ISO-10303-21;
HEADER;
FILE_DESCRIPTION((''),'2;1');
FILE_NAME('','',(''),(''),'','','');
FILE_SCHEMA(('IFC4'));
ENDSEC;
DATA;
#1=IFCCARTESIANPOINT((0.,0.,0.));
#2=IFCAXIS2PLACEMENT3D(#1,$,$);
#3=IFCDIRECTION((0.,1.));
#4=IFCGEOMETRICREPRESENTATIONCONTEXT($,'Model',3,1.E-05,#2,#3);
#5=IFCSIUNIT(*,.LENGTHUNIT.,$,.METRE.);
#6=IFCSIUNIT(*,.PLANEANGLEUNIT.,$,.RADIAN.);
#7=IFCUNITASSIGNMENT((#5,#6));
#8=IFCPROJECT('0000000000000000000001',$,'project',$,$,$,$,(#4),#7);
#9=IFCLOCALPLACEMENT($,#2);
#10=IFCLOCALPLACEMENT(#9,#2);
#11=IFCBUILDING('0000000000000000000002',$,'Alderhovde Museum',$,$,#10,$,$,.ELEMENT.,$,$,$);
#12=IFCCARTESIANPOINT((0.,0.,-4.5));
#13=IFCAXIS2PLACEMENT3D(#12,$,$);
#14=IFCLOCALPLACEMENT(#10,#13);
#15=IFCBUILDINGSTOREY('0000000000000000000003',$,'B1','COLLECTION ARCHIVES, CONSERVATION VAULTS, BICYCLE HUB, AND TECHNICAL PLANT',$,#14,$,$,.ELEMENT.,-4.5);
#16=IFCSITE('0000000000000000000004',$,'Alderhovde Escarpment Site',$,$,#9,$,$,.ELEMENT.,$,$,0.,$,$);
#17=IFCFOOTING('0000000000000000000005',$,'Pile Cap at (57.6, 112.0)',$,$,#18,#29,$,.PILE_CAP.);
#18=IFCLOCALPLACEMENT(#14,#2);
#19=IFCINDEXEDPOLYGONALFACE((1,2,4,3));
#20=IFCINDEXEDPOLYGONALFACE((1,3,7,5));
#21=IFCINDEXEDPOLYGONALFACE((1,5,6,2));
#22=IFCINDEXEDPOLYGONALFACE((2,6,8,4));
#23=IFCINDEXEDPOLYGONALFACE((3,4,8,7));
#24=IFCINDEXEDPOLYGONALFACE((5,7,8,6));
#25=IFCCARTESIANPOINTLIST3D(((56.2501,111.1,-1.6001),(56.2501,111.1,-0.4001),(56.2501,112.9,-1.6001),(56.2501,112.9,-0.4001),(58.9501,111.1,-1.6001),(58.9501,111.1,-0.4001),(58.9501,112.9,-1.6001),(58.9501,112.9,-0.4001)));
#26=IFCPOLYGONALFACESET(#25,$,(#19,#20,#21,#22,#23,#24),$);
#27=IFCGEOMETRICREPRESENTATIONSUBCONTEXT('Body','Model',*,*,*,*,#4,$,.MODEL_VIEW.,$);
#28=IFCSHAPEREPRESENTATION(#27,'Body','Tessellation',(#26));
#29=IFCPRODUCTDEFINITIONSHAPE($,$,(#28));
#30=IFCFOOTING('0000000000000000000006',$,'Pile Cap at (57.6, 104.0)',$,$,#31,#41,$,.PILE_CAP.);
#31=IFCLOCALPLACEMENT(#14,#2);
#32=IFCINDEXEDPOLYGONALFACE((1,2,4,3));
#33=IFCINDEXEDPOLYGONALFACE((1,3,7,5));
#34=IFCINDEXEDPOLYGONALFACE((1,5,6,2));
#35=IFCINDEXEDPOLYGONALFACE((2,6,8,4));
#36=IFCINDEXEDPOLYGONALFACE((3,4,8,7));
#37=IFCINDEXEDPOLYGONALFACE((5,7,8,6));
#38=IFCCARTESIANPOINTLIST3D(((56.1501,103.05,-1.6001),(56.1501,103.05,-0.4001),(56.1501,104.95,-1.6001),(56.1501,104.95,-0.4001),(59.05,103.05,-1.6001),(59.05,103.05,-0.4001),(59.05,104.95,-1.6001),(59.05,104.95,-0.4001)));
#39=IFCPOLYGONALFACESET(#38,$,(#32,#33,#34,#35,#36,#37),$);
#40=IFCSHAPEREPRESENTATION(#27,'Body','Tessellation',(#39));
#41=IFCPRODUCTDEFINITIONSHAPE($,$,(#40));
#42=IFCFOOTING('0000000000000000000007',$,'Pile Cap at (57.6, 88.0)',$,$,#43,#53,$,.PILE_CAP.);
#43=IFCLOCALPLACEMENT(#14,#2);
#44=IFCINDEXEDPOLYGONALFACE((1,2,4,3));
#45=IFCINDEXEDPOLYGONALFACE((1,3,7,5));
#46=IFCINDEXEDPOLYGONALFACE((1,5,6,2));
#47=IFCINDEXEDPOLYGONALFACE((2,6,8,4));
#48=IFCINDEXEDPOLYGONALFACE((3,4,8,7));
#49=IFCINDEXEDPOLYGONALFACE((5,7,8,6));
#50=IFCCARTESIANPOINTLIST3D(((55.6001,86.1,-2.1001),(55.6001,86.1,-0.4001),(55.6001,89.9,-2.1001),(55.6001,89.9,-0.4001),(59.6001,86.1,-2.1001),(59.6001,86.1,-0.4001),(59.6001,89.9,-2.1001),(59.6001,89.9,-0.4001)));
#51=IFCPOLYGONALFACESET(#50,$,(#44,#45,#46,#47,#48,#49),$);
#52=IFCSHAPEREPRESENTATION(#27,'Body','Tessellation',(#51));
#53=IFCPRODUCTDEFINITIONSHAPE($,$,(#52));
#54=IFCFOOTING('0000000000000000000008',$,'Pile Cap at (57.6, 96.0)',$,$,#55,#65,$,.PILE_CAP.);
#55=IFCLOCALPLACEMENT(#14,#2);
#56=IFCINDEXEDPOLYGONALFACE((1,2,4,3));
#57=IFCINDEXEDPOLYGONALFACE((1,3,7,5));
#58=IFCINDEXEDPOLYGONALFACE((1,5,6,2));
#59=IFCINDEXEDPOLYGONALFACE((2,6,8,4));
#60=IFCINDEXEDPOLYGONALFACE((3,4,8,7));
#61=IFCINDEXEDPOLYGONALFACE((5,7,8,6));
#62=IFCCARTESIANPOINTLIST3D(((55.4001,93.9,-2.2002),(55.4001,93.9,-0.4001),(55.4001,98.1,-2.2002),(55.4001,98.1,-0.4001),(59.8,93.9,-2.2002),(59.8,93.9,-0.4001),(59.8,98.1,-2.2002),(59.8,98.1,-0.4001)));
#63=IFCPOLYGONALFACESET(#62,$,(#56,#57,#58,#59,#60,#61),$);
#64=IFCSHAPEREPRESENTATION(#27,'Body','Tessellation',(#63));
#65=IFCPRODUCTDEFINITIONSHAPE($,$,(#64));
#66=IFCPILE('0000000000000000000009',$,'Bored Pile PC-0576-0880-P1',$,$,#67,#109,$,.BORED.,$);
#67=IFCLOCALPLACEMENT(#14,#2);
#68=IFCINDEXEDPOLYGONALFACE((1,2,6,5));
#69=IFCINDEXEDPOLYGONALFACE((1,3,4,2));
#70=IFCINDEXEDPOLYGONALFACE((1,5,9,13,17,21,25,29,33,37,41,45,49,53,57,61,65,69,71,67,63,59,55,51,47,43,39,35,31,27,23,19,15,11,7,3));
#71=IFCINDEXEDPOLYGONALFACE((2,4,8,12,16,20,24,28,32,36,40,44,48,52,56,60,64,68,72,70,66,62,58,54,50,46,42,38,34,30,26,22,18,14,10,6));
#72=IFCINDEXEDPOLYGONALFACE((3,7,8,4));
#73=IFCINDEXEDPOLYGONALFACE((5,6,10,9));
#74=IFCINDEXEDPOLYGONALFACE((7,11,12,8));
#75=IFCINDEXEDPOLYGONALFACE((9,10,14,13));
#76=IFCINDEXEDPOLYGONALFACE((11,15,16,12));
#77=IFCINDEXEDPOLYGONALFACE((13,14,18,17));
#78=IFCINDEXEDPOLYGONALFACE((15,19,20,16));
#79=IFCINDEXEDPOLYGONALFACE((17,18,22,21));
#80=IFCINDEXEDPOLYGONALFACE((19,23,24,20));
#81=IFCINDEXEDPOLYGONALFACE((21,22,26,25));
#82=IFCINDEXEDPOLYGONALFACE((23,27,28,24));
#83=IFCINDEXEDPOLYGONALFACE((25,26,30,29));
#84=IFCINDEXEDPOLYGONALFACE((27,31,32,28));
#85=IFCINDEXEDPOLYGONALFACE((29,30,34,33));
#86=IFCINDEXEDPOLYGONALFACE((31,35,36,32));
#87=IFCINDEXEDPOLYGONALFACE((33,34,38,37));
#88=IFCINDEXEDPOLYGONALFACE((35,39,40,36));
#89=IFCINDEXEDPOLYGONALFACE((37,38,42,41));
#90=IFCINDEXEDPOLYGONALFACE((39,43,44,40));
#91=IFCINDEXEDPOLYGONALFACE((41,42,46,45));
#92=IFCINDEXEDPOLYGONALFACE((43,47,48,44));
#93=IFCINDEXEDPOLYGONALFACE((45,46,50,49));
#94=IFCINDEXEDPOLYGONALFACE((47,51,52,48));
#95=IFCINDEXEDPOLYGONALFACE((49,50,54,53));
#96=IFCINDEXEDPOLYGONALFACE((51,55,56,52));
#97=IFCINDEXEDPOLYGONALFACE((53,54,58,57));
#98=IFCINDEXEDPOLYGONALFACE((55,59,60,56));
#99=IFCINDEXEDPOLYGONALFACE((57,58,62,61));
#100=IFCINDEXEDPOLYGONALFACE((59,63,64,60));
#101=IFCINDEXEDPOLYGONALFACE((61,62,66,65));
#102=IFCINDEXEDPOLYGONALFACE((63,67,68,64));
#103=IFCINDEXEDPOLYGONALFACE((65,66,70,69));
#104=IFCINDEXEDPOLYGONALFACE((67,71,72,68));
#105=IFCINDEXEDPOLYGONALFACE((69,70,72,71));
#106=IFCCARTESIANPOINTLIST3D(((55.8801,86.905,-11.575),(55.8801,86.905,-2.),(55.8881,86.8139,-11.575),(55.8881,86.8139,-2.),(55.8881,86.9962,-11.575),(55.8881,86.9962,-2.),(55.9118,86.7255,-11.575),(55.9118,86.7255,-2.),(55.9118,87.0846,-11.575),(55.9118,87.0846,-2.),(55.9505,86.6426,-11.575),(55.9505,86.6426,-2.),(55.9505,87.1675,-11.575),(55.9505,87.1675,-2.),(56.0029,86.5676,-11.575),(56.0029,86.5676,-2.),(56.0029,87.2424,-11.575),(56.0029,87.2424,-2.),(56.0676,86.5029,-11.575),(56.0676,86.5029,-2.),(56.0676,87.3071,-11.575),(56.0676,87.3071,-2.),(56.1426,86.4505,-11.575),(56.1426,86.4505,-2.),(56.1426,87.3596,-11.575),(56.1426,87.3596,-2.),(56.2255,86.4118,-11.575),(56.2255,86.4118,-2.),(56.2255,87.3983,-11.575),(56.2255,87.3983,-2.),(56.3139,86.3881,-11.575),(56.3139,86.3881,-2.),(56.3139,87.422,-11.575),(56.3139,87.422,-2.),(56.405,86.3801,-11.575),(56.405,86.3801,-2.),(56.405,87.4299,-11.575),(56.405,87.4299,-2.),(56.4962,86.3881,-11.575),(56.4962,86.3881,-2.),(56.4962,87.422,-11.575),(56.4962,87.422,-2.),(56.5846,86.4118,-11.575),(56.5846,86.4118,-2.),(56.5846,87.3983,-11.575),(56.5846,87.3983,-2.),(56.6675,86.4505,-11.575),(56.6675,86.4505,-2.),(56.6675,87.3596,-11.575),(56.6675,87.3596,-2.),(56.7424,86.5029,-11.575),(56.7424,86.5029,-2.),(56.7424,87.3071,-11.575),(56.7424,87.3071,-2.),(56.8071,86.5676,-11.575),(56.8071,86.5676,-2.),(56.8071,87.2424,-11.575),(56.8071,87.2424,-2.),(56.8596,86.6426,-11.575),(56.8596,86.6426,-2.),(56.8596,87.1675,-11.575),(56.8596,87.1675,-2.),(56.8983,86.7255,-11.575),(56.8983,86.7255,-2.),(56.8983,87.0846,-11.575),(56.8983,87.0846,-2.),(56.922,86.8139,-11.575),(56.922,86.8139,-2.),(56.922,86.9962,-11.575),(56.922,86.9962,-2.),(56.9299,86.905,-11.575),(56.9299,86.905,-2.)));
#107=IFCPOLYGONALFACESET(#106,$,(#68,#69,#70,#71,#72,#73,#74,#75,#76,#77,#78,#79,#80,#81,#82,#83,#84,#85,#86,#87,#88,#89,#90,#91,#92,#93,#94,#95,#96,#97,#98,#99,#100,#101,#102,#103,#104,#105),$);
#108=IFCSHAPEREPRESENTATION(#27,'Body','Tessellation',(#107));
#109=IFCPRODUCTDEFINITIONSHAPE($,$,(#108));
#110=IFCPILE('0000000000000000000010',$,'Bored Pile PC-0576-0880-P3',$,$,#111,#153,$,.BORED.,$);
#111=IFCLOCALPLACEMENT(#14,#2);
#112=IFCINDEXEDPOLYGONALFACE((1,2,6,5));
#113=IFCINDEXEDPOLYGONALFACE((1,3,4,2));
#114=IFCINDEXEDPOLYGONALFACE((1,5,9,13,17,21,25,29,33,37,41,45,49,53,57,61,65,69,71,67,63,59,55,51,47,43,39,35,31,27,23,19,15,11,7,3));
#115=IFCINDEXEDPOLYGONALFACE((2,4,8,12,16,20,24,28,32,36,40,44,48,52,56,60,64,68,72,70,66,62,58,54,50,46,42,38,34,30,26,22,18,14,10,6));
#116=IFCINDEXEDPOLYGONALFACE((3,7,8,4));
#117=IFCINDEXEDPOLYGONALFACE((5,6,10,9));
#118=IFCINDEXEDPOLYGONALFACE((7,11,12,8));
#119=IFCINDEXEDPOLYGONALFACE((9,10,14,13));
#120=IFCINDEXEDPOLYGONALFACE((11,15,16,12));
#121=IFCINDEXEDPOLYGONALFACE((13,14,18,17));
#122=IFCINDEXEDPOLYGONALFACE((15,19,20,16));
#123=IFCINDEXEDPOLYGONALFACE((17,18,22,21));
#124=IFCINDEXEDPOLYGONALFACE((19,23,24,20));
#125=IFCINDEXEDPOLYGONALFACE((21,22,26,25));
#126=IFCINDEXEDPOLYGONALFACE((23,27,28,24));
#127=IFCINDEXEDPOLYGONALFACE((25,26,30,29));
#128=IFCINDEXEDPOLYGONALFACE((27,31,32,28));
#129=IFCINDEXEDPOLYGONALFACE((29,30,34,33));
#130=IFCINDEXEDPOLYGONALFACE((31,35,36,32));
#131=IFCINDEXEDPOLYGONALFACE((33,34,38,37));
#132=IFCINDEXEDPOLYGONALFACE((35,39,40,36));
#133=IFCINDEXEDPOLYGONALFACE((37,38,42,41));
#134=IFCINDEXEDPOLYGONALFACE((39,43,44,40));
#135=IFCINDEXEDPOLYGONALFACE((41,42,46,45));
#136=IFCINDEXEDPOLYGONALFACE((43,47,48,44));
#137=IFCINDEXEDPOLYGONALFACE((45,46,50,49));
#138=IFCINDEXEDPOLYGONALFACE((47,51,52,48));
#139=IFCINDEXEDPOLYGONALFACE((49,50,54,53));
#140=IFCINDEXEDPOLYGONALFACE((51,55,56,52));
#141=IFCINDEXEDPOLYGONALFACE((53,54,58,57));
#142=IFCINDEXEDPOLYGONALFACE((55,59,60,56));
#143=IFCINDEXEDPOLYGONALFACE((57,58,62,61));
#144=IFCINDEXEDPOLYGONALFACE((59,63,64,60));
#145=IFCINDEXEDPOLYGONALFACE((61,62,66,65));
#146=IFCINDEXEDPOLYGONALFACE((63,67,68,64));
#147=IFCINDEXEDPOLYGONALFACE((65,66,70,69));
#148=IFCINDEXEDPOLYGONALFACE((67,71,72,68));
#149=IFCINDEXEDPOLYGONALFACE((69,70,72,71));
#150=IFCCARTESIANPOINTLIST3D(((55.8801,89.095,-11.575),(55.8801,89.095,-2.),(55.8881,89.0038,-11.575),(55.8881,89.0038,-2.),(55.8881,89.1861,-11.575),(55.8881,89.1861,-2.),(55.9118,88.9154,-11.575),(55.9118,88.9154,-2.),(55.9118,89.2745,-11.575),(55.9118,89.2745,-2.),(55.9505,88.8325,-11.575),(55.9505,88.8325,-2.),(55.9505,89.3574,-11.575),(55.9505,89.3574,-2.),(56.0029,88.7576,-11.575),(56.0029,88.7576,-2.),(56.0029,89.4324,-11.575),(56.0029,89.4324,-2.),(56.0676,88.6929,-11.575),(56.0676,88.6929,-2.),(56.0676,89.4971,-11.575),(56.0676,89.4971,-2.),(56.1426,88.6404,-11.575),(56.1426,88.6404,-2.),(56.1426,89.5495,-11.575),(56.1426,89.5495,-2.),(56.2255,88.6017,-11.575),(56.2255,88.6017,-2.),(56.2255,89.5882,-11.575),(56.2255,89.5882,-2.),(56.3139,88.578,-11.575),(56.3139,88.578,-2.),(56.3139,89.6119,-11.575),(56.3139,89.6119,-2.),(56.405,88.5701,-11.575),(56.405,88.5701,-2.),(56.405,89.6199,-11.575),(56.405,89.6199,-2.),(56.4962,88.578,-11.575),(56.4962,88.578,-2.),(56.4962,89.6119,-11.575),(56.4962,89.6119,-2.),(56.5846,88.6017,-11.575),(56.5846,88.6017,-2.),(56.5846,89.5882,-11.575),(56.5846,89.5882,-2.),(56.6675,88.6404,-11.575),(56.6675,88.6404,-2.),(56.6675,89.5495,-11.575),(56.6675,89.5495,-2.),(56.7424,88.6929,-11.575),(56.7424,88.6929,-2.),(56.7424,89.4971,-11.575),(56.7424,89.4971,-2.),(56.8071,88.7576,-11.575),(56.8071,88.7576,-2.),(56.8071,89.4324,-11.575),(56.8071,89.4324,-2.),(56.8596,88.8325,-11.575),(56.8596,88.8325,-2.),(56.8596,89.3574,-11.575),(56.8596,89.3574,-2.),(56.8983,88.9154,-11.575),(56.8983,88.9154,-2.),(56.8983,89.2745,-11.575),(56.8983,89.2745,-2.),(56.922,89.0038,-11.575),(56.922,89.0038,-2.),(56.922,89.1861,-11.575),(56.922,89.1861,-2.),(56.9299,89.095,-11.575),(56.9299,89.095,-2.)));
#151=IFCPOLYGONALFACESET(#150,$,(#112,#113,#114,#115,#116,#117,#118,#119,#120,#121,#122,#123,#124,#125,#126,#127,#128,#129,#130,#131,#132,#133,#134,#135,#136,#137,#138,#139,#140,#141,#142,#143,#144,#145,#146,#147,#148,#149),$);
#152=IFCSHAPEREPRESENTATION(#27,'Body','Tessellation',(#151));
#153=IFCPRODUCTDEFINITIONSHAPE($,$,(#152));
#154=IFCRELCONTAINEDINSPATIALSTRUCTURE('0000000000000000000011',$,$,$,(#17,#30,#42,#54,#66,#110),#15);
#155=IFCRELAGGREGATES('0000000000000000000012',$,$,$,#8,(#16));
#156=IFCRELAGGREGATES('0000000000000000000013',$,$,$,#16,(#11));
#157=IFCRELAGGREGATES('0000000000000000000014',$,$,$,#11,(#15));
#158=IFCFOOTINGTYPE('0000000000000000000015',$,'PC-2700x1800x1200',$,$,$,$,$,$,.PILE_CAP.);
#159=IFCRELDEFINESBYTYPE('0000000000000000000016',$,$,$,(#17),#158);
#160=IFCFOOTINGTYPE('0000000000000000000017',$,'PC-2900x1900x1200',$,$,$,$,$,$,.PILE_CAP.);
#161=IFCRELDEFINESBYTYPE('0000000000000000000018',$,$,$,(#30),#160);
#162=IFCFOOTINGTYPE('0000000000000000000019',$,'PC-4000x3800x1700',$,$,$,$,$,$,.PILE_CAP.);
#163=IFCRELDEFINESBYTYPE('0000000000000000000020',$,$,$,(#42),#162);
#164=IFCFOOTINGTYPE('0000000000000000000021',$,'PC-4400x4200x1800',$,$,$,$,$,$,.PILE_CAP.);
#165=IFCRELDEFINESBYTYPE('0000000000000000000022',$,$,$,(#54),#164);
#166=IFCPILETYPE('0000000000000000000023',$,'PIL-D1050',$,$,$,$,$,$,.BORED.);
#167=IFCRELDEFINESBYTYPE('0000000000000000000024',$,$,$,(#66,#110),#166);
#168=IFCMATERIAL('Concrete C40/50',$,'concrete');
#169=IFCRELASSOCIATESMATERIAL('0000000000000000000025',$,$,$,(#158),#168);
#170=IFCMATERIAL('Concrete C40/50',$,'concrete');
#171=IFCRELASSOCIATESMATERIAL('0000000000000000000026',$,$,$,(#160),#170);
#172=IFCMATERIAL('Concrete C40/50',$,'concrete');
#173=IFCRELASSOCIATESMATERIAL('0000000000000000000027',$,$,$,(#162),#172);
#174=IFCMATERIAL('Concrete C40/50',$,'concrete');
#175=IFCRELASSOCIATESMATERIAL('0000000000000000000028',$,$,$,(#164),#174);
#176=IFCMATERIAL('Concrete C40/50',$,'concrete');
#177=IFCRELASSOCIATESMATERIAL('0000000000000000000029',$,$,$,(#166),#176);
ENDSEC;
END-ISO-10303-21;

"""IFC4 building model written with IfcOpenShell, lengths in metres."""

from ifc_helpers import new_model, si_unit, direction, frame, origin, origin_2d, place, context, subcontext, project, spatial, rectangle, circle, extrude, material, material_profile, profile_set, type_object, element, save


model = new_model("IFC4")

# Units and contexts
model_context = context("Model", 3, precision=1e-05, world=origin(), true_north=direction((0.0, 1.0)))
body_context = subcontext(model_context, "Body", "Model", "MODEL_VIEW")
ifc_project = project(units=[si_unit("LENGTHUNIT", "METRE"), si_unit("PLANEANGLEUNIT", "RADIAN")], contexts=[model_context])

# Site, building, storey
site_placement = place(None, origin())
site = spatial("IfcSite", under=ifc_project, at=site_placement, Name="Alderhovde Escarpment Site", CompositionType="ELEMENT", RefElevation=0.0)
building_placement = place(site_placement, origin())
building = spatial("IfcBuilding", under=site, at=building_placement, Name="Alderhovde Museum", CompositionType="ELEMENT")
storey_placement = place(building_placement, frame((0.0, 0.0, -4.5)))
storey = spatial("IfcBuildingStorey", under=building, at=storey_placement, Name="B1", Description="COLLECTION ARCHIVES, CONSERVATION VAULTS, BICYCLE HUB, AND TECHNICAL PLANT", CompositionType="ELEMENT", Elevation=-4.5)

# Footings
ifc_material_1 = material(Name="Concrete C40/50", Category="concrete")
footing_type_1 = type_object("IfcFootingType", Name="PC-2700x1800x1200", PredefinedType="PILE_CAP", material=ifc_material_1)
footing_1_placement = place(storey_placement, frame((57.6001, 112.0, -1.6001), z_axis=(0.0, 0.0, 1.0), x_axis=(1.0, 0.0, 0.0)))
element("IfcFooting", 1, at=footing_1_placement, inside=storey, type_object=footing_type_1, Name="Pile Cap at (57.6, 112.0)", PredefinedType="PILE_CAP", context=body_context, shape_type="SweptSolid", body=[
    extrude(rectangle(XDim=2.7, YDim=1.8, at=origin_2d()), origin(), (0.0, 0.0, 1.0), 1.2),
])
ifc_material_2 = material(Name="Concrete C40/50", Category="concrete")
footing_type_2 = type_object("IfcFootingType", Name="PC-2900x1900x1200", PredefinedType="PILE_CAP", material=ifc_material_2)
footing_2_placement = place(storey_placement, frame((57.6001, 104.0, -1.6001), z_axis=(0.0, 0.0, 1.0), x_axis=(1.0, 0.0, 0.0)))
element("IfcFooting", 2, at=footing_2_placement, inside=storey, type_object=footing_type_2, Name="Pile Cap at (57.6, 104.0)", PredefinedType="PILE_CAP", context=body_context, shape_type="SweptSolid", body=[
    extrude(rectangle(XDim=2.8999, YDim=1.8999, at=origin_2d()), origin(), (0.0, 0.0, 1.0), 1.2),
])
ifc_material_3 = material(Name="Concrete C40/50", Category="concrete")
footing_type_3 = type_object("IfcFootingType", Name="PC-4000x3800x1700", PredefinedType="PILE_CAP", material=ifc_material_3)
footing_3_placement = place(storey_placement, frame((57.6001, 88.0, -2.1001), z_axis=(0.0, 0.0, 1.0), x_axis=(1.0, 0.0, 0.0)))
element("IfcFooting", 3, at=footing_3_placement, inside=storey, type_object=footing_type_3, Name="Pile Cap at (57.6, 88.0)", PredefinedType="PILE_CAP", context=body_context, shape_type="SweptSolid", body=[
    extrude(rectangle(XDim=4.0, YDim=3.8, at=origin_2d()), origin(), (0.0, 0.0, 1.0), 1.7),
])
ifc_material_4 = material(Name="Concrete C40/50", Category="concrete")
footing_type_4 = type_object("IfcFootingType", Name="PC-4400x4200x1800", PredefinedType="PILE_CAP", material=ifc_material_4)
footing_4_placement = place(storey_placement, frame((57.6001, 96.0, -2.2002), z_axis=(0.0, 0.0, 1.0), x_axis=(1.0, 0.0, 0.0)))
element("IfcFooting", 4, at=footing_4_placement, inside=storey, type_object=footing_type_4, Name="Pile Cap at (57.6, 96.0)", PredefinedType="PILE_CAP", context=body_context, shape_type="SweptSolid", body=[
    extrude(rectangle(XDim=4.3999, YDim=4.2, at=origin_2d()), origin(), (0.0, 0.0, 1.0), 1.8),
])

# Piles
ifc_material_5 = material(Name="Concrete C40/50", Category="concrete")
ifc_material_profile_1 = material_profile(ifc_material_5, circle(Radius=0.5249, at=origin_2d()), Name="PILE-D1050")
ifc_profile_set_1 = profile_set([ifc_material_profile_1], Name="Concrete C40/50")
pile_type_1 = type_object("IfcPileType", Name="PIL-D1050", PredefinedType="BORED", material=ifc_profile_set_1)
for number, where, z_axis, x_axis, name in (
    (5, (56.405, 86.905, -2.0), (0.0, 0.0, -1.0), (1.0, 0.0, 0.0), "Bored Pile PC-0576-0880-P1"),
    (6, (56.405, 89.095, -2.0), (0.0, 0.0, -1.0), (1.0, 0.0, 0.0), "Bored Pile PC-0576-0880-P3"),
):
    element("IfcPile", number, at=place(storey_placement, frame(where, z_axis=z_axis, x_axis=x_axis)), inside=storey, type_object=pile_type_1, Name=name, PredefinedType="BORED", context=body_context, shape_type="SweptSolid", body=[
        extrude(circle(Radius=0.5249, at=origin_2d()), origin(), (0.0, 0.0, 1.0), 9.575),
    ])

save(model, "model.ifc")
